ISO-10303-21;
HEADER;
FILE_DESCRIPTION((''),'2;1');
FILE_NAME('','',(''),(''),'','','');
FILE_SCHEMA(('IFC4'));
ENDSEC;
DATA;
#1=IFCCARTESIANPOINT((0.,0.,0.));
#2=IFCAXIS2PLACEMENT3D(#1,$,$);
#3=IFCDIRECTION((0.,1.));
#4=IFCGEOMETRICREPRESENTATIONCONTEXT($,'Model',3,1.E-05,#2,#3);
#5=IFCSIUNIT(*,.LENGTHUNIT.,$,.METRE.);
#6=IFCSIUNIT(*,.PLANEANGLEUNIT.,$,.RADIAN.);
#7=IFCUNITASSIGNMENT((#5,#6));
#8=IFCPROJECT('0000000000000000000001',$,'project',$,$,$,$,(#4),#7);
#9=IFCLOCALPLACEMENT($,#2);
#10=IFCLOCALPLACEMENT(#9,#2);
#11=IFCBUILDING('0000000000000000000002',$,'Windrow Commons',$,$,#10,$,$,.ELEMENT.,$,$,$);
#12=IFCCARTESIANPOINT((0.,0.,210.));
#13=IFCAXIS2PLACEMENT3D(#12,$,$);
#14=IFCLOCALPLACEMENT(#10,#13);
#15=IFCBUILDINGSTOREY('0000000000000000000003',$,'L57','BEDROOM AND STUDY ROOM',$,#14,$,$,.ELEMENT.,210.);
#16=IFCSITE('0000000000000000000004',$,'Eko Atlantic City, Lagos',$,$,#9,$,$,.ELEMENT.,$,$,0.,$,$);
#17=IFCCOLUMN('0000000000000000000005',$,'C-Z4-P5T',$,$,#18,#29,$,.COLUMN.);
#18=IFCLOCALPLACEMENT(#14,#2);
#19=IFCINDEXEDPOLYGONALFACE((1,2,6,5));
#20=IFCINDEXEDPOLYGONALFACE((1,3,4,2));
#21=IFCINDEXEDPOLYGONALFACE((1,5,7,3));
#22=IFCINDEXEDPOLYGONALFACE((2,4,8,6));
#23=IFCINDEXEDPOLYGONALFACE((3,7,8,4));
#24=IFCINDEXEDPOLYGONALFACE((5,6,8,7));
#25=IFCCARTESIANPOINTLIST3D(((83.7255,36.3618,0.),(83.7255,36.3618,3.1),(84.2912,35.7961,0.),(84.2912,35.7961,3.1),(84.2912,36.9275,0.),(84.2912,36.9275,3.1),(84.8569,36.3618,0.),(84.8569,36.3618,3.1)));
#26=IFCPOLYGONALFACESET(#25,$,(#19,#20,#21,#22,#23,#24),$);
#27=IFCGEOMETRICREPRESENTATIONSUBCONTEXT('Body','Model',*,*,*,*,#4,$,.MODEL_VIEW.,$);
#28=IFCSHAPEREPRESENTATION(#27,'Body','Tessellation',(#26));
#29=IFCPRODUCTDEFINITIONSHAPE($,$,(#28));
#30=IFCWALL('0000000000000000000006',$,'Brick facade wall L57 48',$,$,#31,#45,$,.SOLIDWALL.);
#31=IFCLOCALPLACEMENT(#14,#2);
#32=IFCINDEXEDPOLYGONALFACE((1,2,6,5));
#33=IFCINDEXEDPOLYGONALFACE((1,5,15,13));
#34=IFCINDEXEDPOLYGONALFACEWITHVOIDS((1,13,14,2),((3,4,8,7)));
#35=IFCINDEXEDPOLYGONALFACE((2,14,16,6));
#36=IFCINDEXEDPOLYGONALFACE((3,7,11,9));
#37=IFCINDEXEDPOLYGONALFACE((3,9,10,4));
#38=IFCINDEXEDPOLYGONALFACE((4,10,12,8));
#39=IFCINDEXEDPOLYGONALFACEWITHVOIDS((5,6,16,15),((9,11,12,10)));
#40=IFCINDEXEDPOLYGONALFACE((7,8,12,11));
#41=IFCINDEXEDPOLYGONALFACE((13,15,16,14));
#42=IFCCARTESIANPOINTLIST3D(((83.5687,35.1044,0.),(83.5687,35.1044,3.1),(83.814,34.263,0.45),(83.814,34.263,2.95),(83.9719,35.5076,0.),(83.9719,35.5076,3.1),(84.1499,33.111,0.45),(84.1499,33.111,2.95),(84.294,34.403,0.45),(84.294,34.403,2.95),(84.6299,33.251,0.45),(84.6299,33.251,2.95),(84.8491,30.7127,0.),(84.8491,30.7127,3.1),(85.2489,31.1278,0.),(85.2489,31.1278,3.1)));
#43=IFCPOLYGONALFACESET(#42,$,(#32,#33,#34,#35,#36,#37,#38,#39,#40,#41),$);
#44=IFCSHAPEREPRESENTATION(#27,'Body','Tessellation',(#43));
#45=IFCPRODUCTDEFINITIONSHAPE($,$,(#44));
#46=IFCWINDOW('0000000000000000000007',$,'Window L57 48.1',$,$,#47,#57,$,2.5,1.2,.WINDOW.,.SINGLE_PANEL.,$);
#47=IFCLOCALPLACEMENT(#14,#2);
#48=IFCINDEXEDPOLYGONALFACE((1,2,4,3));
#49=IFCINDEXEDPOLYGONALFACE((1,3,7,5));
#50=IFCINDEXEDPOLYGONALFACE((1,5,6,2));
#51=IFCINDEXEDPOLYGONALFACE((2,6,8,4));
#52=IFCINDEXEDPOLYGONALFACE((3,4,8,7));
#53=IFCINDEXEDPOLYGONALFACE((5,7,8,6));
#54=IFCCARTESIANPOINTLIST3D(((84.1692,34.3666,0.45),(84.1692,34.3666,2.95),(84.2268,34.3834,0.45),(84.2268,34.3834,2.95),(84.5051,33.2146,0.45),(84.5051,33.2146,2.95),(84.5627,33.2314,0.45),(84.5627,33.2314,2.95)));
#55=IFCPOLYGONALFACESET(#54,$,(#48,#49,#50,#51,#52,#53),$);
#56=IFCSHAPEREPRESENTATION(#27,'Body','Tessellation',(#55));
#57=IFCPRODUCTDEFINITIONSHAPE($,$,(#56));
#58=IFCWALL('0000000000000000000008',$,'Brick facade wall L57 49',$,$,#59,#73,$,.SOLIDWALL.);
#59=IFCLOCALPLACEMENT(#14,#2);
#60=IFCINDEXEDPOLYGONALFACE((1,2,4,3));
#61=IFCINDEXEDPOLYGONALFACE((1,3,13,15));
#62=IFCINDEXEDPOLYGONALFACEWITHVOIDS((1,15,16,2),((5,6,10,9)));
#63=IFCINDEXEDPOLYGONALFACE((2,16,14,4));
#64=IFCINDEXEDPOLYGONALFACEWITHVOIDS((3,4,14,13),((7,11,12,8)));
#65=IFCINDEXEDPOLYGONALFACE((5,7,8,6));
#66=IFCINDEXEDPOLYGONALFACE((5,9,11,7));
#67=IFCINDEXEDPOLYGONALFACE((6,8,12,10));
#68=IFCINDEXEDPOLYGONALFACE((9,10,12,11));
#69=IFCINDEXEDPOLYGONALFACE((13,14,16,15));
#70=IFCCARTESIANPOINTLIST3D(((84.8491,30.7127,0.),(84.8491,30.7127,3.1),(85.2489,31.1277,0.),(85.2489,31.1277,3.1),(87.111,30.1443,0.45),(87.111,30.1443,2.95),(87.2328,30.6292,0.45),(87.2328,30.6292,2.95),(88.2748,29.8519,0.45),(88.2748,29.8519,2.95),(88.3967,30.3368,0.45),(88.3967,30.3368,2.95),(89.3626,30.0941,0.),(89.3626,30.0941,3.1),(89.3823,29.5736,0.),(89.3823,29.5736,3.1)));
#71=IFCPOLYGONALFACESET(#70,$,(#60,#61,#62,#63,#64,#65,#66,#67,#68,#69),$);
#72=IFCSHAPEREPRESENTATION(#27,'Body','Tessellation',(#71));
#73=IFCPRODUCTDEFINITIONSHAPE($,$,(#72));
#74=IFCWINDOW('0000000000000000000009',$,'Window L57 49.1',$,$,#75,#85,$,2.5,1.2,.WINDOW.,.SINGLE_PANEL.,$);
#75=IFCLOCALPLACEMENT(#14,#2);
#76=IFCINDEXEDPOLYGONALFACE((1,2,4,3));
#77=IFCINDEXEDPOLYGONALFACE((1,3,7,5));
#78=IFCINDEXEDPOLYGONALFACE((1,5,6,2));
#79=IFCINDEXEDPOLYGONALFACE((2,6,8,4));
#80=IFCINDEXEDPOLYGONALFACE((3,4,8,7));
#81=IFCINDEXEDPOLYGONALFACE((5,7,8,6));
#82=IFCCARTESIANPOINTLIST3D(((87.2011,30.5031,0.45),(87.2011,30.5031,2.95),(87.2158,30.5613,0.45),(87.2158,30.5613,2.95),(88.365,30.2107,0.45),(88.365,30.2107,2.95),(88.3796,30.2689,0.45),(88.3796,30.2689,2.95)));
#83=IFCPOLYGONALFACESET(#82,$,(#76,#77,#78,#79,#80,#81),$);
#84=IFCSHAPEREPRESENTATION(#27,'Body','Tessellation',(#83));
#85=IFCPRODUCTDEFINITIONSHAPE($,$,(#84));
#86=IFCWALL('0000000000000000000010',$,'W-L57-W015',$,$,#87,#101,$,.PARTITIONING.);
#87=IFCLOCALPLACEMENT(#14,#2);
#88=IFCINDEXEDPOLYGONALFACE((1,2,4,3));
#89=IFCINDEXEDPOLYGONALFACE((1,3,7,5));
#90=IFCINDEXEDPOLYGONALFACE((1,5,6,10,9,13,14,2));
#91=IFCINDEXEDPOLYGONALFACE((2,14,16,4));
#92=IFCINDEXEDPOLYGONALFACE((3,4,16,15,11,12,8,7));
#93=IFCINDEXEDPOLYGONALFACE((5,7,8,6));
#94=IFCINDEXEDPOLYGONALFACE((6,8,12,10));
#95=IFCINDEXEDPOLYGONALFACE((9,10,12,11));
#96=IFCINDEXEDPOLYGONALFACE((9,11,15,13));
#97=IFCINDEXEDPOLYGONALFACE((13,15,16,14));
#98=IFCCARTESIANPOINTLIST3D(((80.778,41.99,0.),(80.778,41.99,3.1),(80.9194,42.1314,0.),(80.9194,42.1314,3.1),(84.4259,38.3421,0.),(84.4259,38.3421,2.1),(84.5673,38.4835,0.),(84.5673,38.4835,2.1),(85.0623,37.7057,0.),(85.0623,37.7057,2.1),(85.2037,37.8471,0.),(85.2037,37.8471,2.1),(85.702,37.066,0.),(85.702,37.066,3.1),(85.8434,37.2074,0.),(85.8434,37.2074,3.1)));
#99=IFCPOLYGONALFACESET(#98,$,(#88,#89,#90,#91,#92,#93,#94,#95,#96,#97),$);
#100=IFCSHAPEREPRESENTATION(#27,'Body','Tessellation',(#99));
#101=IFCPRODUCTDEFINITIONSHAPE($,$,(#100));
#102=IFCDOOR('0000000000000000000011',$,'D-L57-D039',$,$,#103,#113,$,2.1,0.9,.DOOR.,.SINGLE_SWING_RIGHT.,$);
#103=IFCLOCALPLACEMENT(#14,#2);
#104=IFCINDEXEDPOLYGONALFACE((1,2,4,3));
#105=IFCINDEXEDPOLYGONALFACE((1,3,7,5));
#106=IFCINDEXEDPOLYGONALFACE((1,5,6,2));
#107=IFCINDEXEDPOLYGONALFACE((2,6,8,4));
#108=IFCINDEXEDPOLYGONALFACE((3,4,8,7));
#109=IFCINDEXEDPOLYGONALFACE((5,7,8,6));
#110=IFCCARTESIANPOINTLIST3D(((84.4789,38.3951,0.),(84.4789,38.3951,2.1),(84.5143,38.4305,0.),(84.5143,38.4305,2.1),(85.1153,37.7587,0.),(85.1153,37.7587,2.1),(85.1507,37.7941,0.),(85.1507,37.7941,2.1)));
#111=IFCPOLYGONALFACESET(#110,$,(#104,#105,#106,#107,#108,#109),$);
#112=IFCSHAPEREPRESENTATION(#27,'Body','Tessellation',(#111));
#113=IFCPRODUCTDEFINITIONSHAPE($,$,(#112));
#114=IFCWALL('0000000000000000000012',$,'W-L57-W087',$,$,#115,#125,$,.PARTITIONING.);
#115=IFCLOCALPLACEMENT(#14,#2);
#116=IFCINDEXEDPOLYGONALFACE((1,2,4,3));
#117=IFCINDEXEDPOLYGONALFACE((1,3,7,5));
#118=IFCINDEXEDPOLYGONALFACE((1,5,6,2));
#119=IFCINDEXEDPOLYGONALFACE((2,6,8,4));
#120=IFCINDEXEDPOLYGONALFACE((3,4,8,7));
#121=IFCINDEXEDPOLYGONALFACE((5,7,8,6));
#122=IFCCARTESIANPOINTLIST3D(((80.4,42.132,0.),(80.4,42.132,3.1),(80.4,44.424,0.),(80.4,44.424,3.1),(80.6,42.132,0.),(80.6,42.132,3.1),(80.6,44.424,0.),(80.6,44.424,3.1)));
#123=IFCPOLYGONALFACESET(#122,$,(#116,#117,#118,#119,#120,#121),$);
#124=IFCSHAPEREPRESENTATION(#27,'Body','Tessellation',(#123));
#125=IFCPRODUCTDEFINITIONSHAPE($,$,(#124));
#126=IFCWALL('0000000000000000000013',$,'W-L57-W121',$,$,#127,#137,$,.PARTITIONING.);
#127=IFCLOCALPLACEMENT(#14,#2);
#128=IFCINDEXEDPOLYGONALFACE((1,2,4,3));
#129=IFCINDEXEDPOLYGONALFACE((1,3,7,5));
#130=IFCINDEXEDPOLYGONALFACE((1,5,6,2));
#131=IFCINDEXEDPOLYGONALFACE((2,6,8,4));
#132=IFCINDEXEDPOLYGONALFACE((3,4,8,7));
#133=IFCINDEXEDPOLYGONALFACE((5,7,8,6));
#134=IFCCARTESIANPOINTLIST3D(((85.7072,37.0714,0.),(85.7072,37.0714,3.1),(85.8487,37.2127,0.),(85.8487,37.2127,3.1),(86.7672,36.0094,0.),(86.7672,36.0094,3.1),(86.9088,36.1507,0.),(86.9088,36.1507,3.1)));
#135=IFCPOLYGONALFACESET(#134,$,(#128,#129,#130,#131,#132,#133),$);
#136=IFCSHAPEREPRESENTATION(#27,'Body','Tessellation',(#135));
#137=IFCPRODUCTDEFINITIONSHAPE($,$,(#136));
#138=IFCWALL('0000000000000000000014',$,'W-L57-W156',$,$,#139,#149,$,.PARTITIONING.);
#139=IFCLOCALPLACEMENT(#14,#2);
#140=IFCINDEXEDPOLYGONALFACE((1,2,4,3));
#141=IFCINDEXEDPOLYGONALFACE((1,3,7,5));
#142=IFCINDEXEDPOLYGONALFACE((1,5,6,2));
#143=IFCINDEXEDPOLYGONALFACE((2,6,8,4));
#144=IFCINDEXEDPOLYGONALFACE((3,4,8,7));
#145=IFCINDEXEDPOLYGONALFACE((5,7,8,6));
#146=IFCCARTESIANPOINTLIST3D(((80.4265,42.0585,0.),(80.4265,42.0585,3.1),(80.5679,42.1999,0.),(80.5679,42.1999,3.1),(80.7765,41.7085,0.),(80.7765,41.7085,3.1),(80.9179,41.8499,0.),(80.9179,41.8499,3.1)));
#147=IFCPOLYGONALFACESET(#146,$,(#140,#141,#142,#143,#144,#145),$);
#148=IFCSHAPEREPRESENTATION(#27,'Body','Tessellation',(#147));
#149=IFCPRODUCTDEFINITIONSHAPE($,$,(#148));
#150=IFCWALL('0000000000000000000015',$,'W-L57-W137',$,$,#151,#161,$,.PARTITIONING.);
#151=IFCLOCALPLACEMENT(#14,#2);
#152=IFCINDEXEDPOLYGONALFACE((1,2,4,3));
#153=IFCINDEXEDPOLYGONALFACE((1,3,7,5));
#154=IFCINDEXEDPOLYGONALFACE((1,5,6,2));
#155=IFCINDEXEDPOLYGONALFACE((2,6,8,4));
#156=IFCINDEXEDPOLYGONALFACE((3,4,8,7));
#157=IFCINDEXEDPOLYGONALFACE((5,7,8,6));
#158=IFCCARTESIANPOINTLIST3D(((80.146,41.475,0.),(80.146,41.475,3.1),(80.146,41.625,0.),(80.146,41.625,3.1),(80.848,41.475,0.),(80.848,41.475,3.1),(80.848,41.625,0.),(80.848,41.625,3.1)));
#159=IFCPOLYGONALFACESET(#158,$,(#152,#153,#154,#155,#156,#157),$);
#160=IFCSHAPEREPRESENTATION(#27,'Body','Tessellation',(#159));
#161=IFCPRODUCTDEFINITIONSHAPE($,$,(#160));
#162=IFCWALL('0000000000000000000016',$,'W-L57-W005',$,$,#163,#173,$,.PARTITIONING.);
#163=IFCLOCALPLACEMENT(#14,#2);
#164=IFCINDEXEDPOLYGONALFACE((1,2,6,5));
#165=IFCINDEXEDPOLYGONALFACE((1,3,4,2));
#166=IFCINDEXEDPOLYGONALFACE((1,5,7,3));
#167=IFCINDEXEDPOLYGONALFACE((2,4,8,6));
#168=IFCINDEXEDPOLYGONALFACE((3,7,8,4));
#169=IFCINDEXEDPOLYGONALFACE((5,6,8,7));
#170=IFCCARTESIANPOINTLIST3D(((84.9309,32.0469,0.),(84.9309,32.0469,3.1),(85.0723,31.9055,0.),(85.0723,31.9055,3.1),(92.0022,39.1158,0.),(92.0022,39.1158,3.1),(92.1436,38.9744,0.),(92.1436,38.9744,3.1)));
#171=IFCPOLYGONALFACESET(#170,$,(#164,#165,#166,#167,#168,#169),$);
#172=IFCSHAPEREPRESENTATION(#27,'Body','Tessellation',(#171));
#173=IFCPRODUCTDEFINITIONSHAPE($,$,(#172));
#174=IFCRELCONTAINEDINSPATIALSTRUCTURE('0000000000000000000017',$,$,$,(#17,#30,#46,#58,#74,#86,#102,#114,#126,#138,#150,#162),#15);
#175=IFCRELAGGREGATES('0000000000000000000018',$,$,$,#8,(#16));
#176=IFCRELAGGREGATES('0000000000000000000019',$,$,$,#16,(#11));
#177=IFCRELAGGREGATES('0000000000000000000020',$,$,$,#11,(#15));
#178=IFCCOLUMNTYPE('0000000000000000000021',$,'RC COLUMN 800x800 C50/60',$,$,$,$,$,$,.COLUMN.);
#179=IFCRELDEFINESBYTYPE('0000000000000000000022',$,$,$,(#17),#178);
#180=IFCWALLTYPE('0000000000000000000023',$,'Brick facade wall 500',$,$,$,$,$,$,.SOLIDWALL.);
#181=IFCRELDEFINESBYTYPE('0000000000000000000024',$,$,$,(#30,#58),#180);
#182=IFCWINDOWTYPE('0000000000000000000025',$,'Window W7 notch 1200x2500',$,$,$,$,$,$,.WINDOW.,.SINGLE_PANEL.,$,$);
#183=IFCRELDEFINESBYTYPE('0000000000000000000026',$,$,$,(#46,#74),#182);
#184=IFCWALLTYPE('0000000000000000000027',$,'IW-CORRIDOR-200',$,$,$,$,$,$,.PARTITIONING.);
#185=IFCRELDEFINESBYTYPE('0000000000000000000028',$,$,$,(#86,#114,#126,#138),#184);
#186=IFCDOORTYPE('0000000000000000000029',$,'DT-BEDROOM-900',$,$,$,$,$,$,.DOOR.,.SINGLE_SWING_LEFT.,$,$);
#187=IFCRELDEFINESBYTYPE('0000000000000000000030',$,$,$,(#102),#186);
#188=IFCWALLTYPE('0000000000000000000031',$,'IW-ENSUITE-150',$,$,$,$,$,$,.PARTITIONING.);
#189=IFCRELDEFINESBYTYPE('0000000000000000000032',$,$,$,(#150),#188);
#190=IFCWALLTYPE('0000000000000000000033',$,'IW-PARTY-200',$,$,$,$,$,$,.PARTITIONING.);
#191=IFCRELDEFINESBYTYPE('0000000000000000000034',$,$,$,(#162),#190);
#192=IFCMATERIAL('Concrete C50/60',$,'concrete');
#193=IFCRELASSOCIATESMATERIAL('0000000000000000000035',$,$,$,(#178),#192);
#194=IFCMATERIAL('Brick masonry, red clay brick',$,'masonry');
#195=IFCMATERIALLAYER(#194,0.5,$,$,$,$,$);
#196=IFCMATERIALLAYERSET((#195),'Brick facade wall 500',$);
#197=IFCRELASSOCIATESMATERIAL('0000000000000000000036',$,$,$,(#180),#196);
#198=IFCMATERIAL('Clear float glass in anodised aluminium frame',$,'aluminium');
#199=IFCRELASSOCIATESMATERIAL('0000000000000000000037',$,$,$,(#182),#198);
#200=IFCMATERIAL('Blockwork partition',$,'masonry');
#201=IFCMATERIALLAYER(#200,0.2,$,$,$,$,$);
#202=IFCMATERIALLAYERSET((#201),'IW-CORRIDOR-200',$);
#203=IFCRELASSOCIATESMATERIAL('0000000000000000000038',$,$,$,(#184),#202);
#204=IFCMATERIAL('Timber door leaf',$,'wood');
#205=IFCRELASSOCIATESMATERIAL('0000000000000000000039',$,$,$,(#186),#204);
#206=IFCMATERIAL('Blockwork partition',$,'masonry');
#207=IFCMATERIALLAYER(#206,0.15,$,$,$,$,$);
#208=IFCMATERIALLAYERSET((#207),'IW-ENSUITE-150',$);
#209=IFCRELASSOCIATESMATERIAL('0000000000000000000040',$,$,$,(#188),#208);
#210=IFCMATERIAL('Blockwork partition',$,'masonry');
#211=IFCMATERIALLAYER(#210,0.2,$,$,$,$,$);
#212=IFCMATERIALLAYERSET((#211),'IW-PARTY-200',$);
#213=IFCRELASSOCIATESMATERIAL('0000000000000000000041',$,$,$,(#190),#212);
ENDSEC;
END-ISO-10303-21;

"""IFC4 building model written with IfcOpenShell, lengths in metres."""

from ifc_helpers import new_model, si_unit, direction, frame, frame_2d, origin, origin_2d, place, context, subcontext, project, spatial, polyline, rectangle, outline, extrude, material, layer, layer_set, material_profile, profile_set, type_object, element, fill, save


model = new_model("IFC4")

# Units and contexts
model_context = context("Model", 3, precision=1e-05, world=origin(), true_north=direction((0.0, 1.0)))
body_context = subcontext(model_context, "Body", "Model", "MODEL_VIEW")
ifc_project = project(units=[si_unit("LENGTHUNIT", "METRE"), si_unit("PLANEANGLEUNIT", "RADIAN")], contexts=[model_context])

# Site, building, storey
site_placement = place(None, origin())
site = spatial("IfcSite", under=ifc_project, at=site_placement, Name="Eko Atlantic City, Lagos", CompositionType="ELEMENT", RefElevation=0.0)
building_placement = place(site_placement, origin())
building = spatial("IfcBuilding", under=site, at=building_placement, Name="Windrow Commons", CompositionType="ELEMENT")
storey_placement = place(building_placement, frame((0.0, 0.0, 210.0)))
storey = spatial("IfcBuildingStorey", under=building, at=storey_placement, Name="L57", Description="BEDROOM AND STUDY ROOM", CompositionType="ELEMENT", Elevation=210.0)

# Column
ifc_material_1 = material(Name="Concrete C50/60", Category="concrete")
ifc_material_profile = material_profile(ifc_material_1, rectangle(XDim=0.8, YDim=0.8, at=origin_2d()))
ifc_profile_set = profile_set([ifc_material_profile], Name="Concrete C50/60")
column_type = type_object("IfcColumnType", Name="RC COLUMN 800x800 C50/60", PredefinedType="COLUMN", material=ifc_profile_set)
column_placement = place(storey_placement, frame((84.2912, 36.3618, 0.0), z_axis=(0.0, 0.0, 1.0), x_axis=(0.707107, -0.707107, 0.0)))
element("IfcColumn", 1, at=column_placement, inside=storey, type_object=column_type, Name="C-Z4-P5T", PredefinedType="COLUMN", context=body_context, shape_type="SweptSolid", body=[
    extrude(rectangle(XDim=0.8, YDim=0.8, at=origin_2d()), origin(), (0.0, 0.0, 1.0), 3.1),
])

# Walls, openings, windows
ifc_material_2 = material(Name="Brick masonry, red clay brick", Category="masonry")
ifc_layer_1 = layer(ifc_material_2, 0.5)
ifc_layer_set_1 = layer_set([ifc_layer_1], Name="Brick facade wall 500")
wall_type_1 = type_object("IfcWallType", Name="Brick facade wall 500", PredefinedType="SOLIDWALL", material=ifc_layer_set_1)
wall_1_placement = place(storey_placement, frame((83.7703, 35.306, 0.0), z_axis=(0.0, 0.0, 1.0), x_axis=(0.279901, -0.960029, 0.0)))
wall_1 = element("IfcWall", 2, at=wall_1_placement, inside=storey, type_object=wall_type_1, Name="Brick facade wall L57 48", PredefinedType="SOLIDWALL", context=body_context, shape_type="SweptSolid", body=[
    extrude(outline(polyline([(0.1371, -0.25), (4.7117, -0.25), (4.4251, 0.25), (-0.1371, 0.25), (0.1371, -0.25)])), origin(), (0.0, 0.0, 1.0), 3.1),
])
opening_1_placement = place(wall_1_placement, frame((1.0135, 0.0, 0.45)))
opening_1 = element("IfcOpeningElement", 3, at=opening_1_placement, cuts=wall_1, PredefinedType="OPENING", context=body_context, shape_type="SweptSolid", body=[
    extrude(rectangle(XDim=1.2, YDim=2.5, at=frame_2d((0.6, 1.25))), frame((0.0, 0.26, 0.0), z_axis=(0.0, -1.0, 0.0), x_axis=(1.0, 0.0, 0.0)), (0.0, 0.0, 1.0), 0.52),
])
ifc_material_3 = material(Name="Clear float glass in anodised aluminium frame", Category="aluminium")
window_type = type_object("IfcWindowType", Name="Window W7 notch 1200x2500", PartitioningType="SINGLE_PANEL", PredefinedType="WINDOW", material=ifc_material_3)
window_1_placement = place(opening_1_placement, origin())
window_1 = element("IfcWindow", 4, at=window_1_placement, inside=storey, type_object=window_type, Name="Window L57 48.1", OverallHeight=2.5, OverallWidth=1.2, PartitioningType="SINGLE_PANEL", PredefinedType="WINDOW", context=body_context, shape_type="SweptSolid", body=[
    extrude(rectangle(XDim=1.2, YDim=2.5, at=frame_2d((0.6, 1.25))), frame((0.0, 0.18, 0.0), z_axis=(0.0, -1.0, 0.0), x_axis=(1.0, 0.0, 0.0)), (0.0, 0.0, 1.0), 0.06),
])
fill(opening_1, window_1)
wall_2_placement = place(storey_placement, frame((85.049, 30.9202, 0.0), z_axis=(0.0, 0.0, 1.0), x_axis=(0.96985, -0.243702, 0.0)))
wall_2 = element("IfcWall", 5, at=wall_2_placement, inside=storey, type_object=wall_type_1, Name="Brick facade wall L57 49", PredefinedType="SOLIDWALL", context=body_context, shape_type="SweptSolid", body=[
    extrude(outline(polyline([(-0.1433, -0.25), (4.5308, -0.25), (4.3849, 0.25), (0.1433, 0.25), (-0.1433, -0.25)])), origin(), (0.0, 0.0, 1.0), 3.1),
])
opening_2_placement = place(wall_2_placement, frame((2.1889, 0.0, 0.45)))
opening_2 = element("IfcOpeningElement", 6, at=opening_2_placement, cuts=wall_2, PredefinedType="OPENING", context=body_context, shape_type="SweptSolid", body=[
    extrude(rectangle(XDim=1.2, YDim=2.5, at=frame_2d((0.6, 1.25))), frame((0.0, 0.26, 0.0), z_axis=(0.0, -1.0, 0.0), x_axis=(1.0, 0.0, 0.0)), (0.0, 0.0, 1.0), 0.52),
])
window_2_placement = place(opening_2_placement, origin())
window_2 = element("IfcWindow", 7, at=window_2_placement, inside=storey, type_object=window_type, Name="Window L57 49.1", OverallHeight=2.5, OverallWidth=1.2, PartitioningType="SINGLE_PANEL", PredefinedType="WINDOW", context=body_context, shape_type="SweptSolid", body=[
    extrude(rectangle(XDim=1.2, YDim=2.5, at=frame_2d((0.6, 1.25))), frame((0.0, 0.18, 0.0), z_axis=(0.0, -1.0, 0.0), x_axis=(1.0, 0.0, 0.0)), (0.0, 0.0, 1.0), 0.06),
])
fill(opening_2, window_2)

# Wall, opening, door
ifc_material_4 = material(Name="Blockwork partition", Category="masonry")
ifc_layer_2 = layer(ifc_material_4, 0.2)
ifc_layer_set_2 = layer_set([ifc_layer_2], Name="IW-CORRIDOR-200")
wall_type_2 = type_object("IfcWallType", Name="IW-CORRIDOR-200", PredefinedType="PARTITIONING", material=ifc_layer_set_2)
wall_3_placement = place(storey_placement, frame((80.8487, 42.0607, 0.0), z_axis=(0.0, 0.0, 1.0), x_axis=(0.707107, -0.707107, 0.0)))
wall_3 = element("IfcWall", 8, at=wall_3_placement, inside=storey, type_object=wall_type_2, Name="W-L57-W015", PredefinedType="PARTITIONING", context=body_context, shape_type="SweptSolid", body=[
    extrude(rectangle(XDim=6.9636, YDim=0.2, at=frame_2d((3.4818, 0.0))), origin(), (0.0, 0.0, 1.0), 3.1),
])
opening_3_placement = place(wall_3_placement, frame((5.1589, 0.0, 0.0)))
opening_3 = element("IfcOpeningElement", 9, at=opening_3_placement, cuts=wall_3, PredefinedType="OPENING", context=body_context, shape_type="SweptSolid", body=[
    extrude(rectangle(XDim=0.9, YDim=2.1, at=frame_2d((0.45, 1.05))), frame((0.0, 0.11, 0.0), z_axis=(0.0, -1.0, 0.0), x_axis=(1.0, 0.0, 0.0)), (0.0, 0.0, 1.0), 0.22),
])
ifc_material_5 = material(Name="Timber door leaf", Category="wood")
door_type = type_object("IfcDoorType", Name="DT-BEDROOM-900", OperationType="SINGLE_SWING_LEFT", PredefinedType="DOOR", material=ifc_material_5)
door_placement = place(opening_3_placement, origin())
door = element("IfcDoor", 10, at=door_placement, inside=storey, type_object=door_type, Name="D-L57-D039", OperationType="SINGLE_SWING_RIGHT", OverallHeight=2.1, OverallWidth=0.9, PredefinedType="DOOR", context=body_context, shape_type="SweptSolid", body=[
    extrude(rectangle(XDim=0.9, YDim=2.1, at=frame_2d((0.45, 1.05))), frame((0.0, 0.025, 0.0), z_axis=(0.0, -1.0, 0.0), x_axis=(1.0, 0.0, 0.0)), (0.0, 0.0, 1.0), 0.05),
])
fill(opening_3, door)

# Walls
wall_4_placement = place(storey_placement, frame((80.5, 42.132, 0.0), z_axis=(0.0, 0.0, 1.0), x_axis=(0.0, 1.0, 0.0)))
element("IfcWall", 11, at=wall_4_placement, inside=storey, type_object=wall_type_2, Name="W-L57-W087", PredefinedType="PARTITIONING", context=body_context, shape_type="SweptSolid", body=[
    extrude(rectangle(XDim=2.292, YDim=0.2, at=frame_2d((1.146, 0.0))), origin(), (0.0, 0.0, 1.0), 3.1),
])
wall_5_placement = place(storey_placement, frame((85.778, 37.142, 0.0), z_axis=(0.0, 0.0, 1.0), x_axis=(0.70644, -0.707773, 0.0)))
element("IfcWall", 12, at=wall_5_placement, inside=storey, type_object=wall_type_2, Name="W-L57-W121", PredefinedType="PARTITIONING", context=body_context, shape_type="SweptSolid", body=[
    extrude(rectangle(XDim=1.5005, YDim=0.2, at=frame_2d((0.7502, 0.0))), origin(), (0.0, 0.0, 1.0), 3.1),
])
wall_6_placement = place(storey_placement, frame((80.4972, 42.1292, 0.0), z_axis=(0.0, 0.0, 1.0), x_axis=(0.707107, -0.707107, 0.0)))
element("IfcWall", 13, at=wall_6_placement, inside=storey, type_object=wall_type_2, Name="W-L57-W156", PredefinedType="PARTITIONING", context=body_context, shape_type="SweptSolid", body=[
    extrude(rectangle(XDim=0.495, YDim=0.2, at=frame_2d((0.2475, 0.0))), origin(), (0.0, 0.0, 1.0), 3.1),
])
ifc_material_6 = material(Name="Blockwork partition", Category="masonry")
ifc_layer_3 = layer(ifc_material_6, 0.15)
ifc_layer_set_3 = layer_set([ifc_layer_3], Name="IW-ENSUITE-150")
wall_type_3 = type_object("IfcWallType", Name="IW-ENSUITE-150", PredefinedType="PARTITIONING", material=ifc_layer_set_3)
wall_7_placement = place(storey_placement, frame((80.146, 41.55, 0.0), z_axis=(0.0, 0.0, 1.0), x_axis=(1.0, 0.0, 0.0)))
element("IfcWall", 14, at=wall_7_placement, inside=storey, type_object=wall_type_3, Name="W-L57-W137", PredefinedType="PARTITIONING", context=body_context, shape_type="SweptSolid", body=[
    extrude(rectangle(XDim=0.702, YDim=0.15, at=frame_2d((0.351, 0.0))), origin(), (0.0, 0.0, 1.0), 3.1),
])
ifc_material_7 = material(Name="Blockwork partition", Category="masonry")
ifc_layer_4 = layer(ifc_material_7, 0.2)
ifc_layer_set_4 = layer_set([ifc_layer_4], Name="IW-PARTY-200")
wall_type_4 = type_object("IfcWallType", Name="IW-PARTY-200", PredefinedType="PARTITIONING", material=ifc_layer_set_4)
wall_8_placement = place(storey_placement, frame((85.0016, 31.9762, 0.0), z_axis=(0.0, 0.0, 1.0), x_axis=(0.707227, 0.706987, 0.0)))
element("IfcWall", 15, at=wall_8_placement, inside=storey, type_object=wall_type_4, Name="W-L57-W005", PredefinedType="PARTITIONING", context=body_context, shape_type="SweptSolid", body=[
    extrude(rectangle(XDim=9.9986, YDim=0.2, at=frame_2d((4.9993, 0.0))), origin(), (0.0, 0.0, 1.0), 3.1),
])

save(model, "model.ifc")
